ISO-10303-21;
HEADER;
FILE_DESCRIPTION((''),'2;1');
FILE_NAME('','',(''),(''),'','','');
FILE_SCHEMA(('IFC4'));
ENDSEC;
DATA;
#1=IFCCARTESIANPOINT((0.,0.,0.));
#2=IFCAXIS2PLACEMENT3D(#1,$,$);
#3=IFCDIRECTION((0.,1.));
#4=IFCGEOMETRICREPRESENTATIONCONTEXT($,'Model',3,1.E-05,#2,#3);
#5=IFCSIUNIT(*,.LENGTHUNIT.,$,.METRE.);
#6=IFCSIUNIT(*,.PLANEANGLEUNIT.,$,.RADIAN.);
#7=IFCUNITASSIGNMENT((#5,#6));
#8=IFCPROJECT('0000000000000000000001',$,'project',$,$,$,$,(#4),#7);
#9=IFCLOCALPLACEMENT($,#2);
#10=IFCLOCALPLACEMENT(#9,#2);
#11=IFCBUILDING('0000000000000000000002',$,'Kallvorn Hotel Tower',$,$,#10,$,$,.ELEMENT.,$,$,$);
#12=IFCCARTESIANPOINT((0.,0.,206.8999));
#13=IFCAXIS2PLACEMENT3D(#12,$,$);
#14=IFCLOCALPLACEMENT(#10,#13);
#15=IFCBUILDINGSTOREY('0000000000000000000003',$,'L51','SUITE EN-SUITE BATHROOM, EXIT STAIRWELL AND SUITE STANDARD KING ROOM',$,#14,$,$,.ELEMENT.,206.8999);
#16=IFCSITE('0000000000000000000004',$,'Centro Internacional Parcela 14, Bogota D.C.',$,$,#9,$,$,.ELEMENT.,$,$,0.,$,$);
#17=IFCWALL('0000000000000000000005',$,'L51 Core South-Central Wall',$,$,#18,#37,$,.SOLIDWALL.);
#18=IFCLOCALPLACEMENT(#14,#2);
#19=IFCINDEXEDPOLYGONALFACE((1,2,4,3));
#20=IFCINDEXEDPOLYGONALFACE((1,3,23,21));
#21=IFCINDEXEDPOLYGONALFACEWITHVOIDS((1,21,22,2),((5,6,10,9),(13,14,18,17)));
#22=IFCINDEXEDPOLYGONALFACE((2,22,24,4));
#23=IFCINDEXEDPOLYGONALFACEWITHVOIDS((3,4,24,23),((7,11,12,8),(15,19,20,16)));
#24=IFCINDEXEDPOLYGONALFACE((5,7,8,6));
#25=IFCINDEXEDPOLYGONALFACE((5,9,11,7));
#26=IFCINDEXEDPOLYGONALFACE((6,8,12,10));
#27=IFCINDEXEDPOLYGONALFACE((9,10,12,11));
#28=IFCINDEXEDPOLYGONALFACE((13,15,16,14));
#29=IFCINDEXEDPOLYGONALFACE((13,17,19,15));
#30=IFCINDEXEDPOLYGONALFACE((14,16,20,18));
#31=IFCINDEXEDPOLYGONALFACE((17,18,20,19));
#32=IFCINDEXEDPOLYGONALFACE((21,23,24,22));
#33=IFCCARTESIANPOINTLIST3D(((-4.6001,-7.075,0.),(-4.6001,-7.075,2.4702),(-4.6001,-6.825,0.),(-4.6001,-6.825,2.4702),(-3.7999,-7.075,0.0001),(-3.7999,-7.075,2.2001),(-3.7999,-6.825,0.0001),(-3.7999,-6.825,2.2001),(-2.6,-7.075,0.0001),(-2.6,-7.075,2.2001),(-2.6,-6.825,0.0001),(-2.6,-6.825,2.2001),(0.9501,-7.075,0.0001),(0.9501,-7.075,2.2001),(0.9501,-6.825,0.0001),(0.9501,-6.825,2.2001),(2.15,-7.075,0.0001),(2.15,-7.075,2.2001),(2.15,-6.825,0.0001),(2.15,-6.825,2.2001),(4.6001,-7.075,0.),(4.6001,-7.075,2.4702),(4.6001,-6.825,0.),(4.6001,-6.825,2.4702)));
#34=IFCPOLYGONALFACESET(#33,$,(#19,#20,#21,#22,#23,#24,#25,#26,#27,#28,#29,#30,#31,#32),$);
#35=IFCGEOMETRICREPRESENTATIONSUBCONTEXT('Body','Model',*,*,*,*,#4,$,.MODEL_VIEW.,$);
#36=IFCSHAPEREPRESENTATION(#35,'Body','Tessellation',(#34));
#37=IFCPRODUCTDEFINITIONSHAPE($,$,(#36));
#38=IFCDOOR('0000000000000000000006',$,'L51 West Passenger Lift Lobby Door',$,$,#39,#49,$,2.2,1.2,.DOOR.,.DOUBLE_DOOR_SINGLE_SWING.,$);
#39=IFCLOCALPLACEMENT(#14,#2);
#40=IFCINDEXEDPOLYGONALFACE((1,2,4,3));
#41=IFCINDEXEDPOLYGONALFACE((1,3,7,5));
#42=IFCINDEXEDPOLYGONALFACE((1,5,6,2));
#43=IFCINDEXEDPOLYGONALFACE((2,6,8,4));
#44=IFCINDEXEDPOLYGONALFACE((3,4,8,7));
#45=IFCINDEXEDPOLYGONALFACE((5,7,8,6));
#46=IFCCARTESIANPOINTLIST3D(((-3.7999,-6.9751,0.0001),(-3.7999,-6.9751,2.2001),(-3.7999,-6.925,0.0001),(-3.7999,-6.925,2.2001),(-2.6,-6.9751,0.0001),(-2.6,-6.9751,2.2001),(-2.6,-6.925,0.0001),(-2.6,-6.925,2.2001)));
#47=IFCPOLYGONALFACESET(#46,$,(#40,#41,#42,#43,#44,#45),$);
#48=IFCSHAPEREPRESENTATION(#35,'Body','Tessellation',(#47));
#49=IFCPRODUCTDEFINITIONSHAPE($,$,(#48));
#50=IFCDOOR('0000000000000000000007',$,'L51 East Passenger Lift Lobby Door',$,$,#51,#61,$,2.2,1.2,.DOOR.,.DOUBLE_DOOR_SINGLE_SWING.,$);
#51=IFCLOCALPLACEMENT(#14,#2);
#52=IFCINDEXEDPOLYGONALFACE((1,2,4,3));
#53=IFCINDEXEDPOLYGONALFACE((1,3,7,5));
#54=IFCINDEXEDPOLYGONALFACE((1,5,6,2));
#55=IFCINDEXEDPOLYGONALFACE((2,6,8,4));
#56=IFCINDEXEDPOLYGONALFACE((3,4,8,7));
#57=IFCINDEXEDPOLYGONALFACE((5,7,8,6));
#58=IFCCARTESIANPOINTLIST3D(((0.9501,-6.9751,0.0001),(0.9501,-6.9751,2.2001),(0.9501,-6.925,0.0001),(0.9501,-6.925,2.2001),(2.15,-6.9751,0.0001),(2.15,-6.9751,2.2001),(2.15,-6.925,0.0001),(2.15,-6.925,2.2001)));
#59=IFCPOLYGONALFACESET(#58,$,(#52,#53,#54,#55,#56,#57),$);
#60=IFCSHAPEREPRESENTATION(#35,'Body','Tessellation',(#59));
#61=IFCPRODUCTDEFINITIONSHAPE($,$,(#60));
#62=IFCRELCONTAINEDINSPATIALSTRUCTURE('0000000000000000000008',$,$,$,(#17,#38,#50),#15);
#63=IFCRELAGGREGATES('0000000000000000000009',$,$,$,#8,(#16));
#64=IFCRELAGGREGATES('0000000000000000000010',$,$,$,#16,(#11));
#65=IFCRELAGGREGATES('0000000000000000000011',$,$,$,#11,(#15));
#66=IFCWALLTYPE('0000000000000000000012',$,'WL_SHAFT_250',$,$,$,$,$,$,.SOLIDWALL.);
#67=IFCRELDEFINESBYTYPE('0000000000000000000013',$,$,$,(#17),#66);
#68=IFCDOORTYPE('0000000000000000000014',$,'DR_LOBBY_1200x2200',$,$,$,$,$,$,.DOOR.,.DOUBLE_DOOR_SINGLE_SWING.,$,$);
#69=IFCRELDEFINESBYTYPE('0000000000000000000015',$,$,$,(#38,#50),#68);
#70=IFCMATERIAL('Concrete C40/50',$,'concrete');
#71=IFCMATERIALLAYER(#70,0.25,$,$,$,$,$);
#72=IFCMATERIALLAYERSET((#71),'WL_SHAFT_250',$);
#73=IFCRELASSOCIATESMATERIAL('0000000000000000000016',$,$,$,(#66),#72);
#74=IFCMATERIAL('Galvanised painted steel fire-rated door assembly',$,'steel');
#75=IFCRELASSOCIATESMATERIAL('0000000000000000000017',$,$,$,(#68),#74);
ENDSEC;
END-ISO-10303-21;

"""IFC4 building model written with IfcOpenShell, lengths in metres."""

from ifc_helpers import new_model, si_unit, direction, frame, frame_2d, origin, place, context, subcontext, project, spatial, rectangle, extrude, material, layer, layer_set, type_object, element, fill, save


model = new_model("IFC4")

# Units and contexts
model_context = context("Model", 3, precision=1e-05, world=origin(), true_north=direction((0.0, 1.0)))
body_context = subcontext(model_context, "Body", "Model", "MODEL_VIEW")
ifc_project = project(units=[si_unit("LENGTHUNIT", "METRE"), si_unit("PLANEANGLEUNIT", "RADIAN")], contexts=[model_context])

# Site, building, storey
site_placement = place(None, origin())
site = spatial("IfcSite", under=ifc_project, at=site_placement, Name="Centro Internacional Parcela 14, Bogota D.C.", CompositionType="ELEMENT", RefElevation=0.0)
building_placement = place(site_placement, origin())
building = spatial("IfcBuilding", under=site, at=building_placement, Name="Kallvorn Hotel Tower", CompositionType="ELEMENT")
storey_placement = place(building_placement, frame((0.0, 0.0, 206.8999)))
storey = spatial("IfcBuildingStorey", under=building, at=storey_placement, Name="L51", Description="SUITE EN-SUITE BATHROOM, EXIT STAIRWELL AND SUITE STANDARD KING ROOM", CompositionType="ELEMENT", Elevation=206.8999)

# Wall, openings, doors
ifc_material_1 = material(Name="Concrete C40/50", Category="concrete")
ifc_layer_1 = layer(ifc_material_1, 0.25)
ifc_layer_set_1 = layer_set([ifc_layer_1], Name="WL_SHAFT_250")
wall_type_1 = type_object("IfcWallType", Name="WL_SHAFT_250", PredefinedType="SOLIDWALL", material=ifc_layer_set_1)
wall_1_placement = place(storey_placement, frame((-4.6001, -6.95, 0.0), z_axis=(0.0, 0.0, 1.0), x_axis=(1.0, 0.0, 0.0)))
wall_1 = element("IfcWall", 1, at=wall_1_placement, inside=storey, type_object=wall_type_1, Name="L51 Core South-Central Wall", PredefinedType="SOLIDWALL", context=body_context, shape_type="SweptSolid", body=[
    extrude(rectangle(XDim=9.2002, YDim=0.25, at=frame_2d((4.6001, 0.0))), origin(), (0.0, 0.0, 1.0), 2.4702),
])
opening_1_placement = place(wall_1_placement, frame((0.8, 0.0, 0.0)))
opening_1 = element("IfcOpeningElement", 2, at=opening_1_placement, cuts=wall_1, PredefinedType="OPENING", context=body_context, shape_type="SweptSolid", body=[
    extrude(rectangle(XDim=1.2, YDim=2.2, at=frame_2d((0.6001, 1.1001))), frame((0.0, 0.1399, 0.0), z_axis=(0.0, -1.0, 0.0), x_axis=(1.0, 0.0, 0.0)), (0.0, 0.0, 1.0), 0.28),
])
opening_2_placement = place(wall_1_placement, frame((5.55, 0.0, 0.0)))
opening_2 = element("IfcOpeningElement", 3, at=opening_2_placement, cuts=wall_1, PredefinedType="OPENING", context=body_context, shape_type="SweptSolid", body=[
    extrude(rectangle(XDim=1.2, YDim=2.2, at=frame_2d((0.6001, 1.1001))), frame((0.0, 0.1399, 0.0), z_axis=(0.0, -1.0, 0.0), x_axis=(1.0, 0.0, 0.0)), (0.0, 0.0, 1.0), 0.28),
])
ifc_material_2 = material(Name="Galvanised painted steel fire-rated door assembly", Category="steel")
door_type_1 = type_object("IfcDoorType", Name="DR_LOBBY_1200x2200", OperationType="DOUBLE_DOOR_SINGLE_SWING", PredefinedType="DOOR", material=ifc_material_2)
door_1_placement = place(opening_1_placement, origin())
door_1 = element("IfcDoor", 4, at=door_1_placement, inside=storey, type_object=door_type_1, Name="L51 West Passenger Lift Lobby Door", OperationType="DOUBLE_DOOR_SINGLE_SWING", OverallHeight=2.2, OverallWidth=1.2, PredefinedType="DOOR", context=body_context, shape_type="SweptSolid", body=[
    extrude(rectangle(XDim=1.2, YDim=2.2, at=frame_2d((0.6001, 1.1001))), frame((0.0, 0.0249, 0.0), z_axis=(0.0, -1.0, 0.0), x_axis=(1.0, 0.0, 0.0)), (0.0, 0.0, 1.0), 0.05),
])
fill(opening_1, door_1)
door_2_placement = place(opening_2_placement, origin())
door_2 = element("IfcDoor", 5, at=door_2_placement, inside=storey, type_object=door_type_1, Name="L51 East Passenger Lift Lobby Door", OperationType="DOUBLE_DOOR_SINGLE_SWING", OverallHeight=2.2, OverallWidth=1.2, PredefinedType="DOOR", context=body_context, shape_type="SweptSolid", body=[
    extrude(rectangle(XDim=1.2, YDim=2.2, at=frame_2d((0.6001, 1.1001))), frame((0.0, 0.0249, 0.0), z_axis=(0.0, -1.0, 0.0), x_axis=(1.0, 0.0, 0.0)), (0.0, 0.0, 1.0), 0.05),
])
fill(opening_2, door_2)

save(model, "model.ifc")
